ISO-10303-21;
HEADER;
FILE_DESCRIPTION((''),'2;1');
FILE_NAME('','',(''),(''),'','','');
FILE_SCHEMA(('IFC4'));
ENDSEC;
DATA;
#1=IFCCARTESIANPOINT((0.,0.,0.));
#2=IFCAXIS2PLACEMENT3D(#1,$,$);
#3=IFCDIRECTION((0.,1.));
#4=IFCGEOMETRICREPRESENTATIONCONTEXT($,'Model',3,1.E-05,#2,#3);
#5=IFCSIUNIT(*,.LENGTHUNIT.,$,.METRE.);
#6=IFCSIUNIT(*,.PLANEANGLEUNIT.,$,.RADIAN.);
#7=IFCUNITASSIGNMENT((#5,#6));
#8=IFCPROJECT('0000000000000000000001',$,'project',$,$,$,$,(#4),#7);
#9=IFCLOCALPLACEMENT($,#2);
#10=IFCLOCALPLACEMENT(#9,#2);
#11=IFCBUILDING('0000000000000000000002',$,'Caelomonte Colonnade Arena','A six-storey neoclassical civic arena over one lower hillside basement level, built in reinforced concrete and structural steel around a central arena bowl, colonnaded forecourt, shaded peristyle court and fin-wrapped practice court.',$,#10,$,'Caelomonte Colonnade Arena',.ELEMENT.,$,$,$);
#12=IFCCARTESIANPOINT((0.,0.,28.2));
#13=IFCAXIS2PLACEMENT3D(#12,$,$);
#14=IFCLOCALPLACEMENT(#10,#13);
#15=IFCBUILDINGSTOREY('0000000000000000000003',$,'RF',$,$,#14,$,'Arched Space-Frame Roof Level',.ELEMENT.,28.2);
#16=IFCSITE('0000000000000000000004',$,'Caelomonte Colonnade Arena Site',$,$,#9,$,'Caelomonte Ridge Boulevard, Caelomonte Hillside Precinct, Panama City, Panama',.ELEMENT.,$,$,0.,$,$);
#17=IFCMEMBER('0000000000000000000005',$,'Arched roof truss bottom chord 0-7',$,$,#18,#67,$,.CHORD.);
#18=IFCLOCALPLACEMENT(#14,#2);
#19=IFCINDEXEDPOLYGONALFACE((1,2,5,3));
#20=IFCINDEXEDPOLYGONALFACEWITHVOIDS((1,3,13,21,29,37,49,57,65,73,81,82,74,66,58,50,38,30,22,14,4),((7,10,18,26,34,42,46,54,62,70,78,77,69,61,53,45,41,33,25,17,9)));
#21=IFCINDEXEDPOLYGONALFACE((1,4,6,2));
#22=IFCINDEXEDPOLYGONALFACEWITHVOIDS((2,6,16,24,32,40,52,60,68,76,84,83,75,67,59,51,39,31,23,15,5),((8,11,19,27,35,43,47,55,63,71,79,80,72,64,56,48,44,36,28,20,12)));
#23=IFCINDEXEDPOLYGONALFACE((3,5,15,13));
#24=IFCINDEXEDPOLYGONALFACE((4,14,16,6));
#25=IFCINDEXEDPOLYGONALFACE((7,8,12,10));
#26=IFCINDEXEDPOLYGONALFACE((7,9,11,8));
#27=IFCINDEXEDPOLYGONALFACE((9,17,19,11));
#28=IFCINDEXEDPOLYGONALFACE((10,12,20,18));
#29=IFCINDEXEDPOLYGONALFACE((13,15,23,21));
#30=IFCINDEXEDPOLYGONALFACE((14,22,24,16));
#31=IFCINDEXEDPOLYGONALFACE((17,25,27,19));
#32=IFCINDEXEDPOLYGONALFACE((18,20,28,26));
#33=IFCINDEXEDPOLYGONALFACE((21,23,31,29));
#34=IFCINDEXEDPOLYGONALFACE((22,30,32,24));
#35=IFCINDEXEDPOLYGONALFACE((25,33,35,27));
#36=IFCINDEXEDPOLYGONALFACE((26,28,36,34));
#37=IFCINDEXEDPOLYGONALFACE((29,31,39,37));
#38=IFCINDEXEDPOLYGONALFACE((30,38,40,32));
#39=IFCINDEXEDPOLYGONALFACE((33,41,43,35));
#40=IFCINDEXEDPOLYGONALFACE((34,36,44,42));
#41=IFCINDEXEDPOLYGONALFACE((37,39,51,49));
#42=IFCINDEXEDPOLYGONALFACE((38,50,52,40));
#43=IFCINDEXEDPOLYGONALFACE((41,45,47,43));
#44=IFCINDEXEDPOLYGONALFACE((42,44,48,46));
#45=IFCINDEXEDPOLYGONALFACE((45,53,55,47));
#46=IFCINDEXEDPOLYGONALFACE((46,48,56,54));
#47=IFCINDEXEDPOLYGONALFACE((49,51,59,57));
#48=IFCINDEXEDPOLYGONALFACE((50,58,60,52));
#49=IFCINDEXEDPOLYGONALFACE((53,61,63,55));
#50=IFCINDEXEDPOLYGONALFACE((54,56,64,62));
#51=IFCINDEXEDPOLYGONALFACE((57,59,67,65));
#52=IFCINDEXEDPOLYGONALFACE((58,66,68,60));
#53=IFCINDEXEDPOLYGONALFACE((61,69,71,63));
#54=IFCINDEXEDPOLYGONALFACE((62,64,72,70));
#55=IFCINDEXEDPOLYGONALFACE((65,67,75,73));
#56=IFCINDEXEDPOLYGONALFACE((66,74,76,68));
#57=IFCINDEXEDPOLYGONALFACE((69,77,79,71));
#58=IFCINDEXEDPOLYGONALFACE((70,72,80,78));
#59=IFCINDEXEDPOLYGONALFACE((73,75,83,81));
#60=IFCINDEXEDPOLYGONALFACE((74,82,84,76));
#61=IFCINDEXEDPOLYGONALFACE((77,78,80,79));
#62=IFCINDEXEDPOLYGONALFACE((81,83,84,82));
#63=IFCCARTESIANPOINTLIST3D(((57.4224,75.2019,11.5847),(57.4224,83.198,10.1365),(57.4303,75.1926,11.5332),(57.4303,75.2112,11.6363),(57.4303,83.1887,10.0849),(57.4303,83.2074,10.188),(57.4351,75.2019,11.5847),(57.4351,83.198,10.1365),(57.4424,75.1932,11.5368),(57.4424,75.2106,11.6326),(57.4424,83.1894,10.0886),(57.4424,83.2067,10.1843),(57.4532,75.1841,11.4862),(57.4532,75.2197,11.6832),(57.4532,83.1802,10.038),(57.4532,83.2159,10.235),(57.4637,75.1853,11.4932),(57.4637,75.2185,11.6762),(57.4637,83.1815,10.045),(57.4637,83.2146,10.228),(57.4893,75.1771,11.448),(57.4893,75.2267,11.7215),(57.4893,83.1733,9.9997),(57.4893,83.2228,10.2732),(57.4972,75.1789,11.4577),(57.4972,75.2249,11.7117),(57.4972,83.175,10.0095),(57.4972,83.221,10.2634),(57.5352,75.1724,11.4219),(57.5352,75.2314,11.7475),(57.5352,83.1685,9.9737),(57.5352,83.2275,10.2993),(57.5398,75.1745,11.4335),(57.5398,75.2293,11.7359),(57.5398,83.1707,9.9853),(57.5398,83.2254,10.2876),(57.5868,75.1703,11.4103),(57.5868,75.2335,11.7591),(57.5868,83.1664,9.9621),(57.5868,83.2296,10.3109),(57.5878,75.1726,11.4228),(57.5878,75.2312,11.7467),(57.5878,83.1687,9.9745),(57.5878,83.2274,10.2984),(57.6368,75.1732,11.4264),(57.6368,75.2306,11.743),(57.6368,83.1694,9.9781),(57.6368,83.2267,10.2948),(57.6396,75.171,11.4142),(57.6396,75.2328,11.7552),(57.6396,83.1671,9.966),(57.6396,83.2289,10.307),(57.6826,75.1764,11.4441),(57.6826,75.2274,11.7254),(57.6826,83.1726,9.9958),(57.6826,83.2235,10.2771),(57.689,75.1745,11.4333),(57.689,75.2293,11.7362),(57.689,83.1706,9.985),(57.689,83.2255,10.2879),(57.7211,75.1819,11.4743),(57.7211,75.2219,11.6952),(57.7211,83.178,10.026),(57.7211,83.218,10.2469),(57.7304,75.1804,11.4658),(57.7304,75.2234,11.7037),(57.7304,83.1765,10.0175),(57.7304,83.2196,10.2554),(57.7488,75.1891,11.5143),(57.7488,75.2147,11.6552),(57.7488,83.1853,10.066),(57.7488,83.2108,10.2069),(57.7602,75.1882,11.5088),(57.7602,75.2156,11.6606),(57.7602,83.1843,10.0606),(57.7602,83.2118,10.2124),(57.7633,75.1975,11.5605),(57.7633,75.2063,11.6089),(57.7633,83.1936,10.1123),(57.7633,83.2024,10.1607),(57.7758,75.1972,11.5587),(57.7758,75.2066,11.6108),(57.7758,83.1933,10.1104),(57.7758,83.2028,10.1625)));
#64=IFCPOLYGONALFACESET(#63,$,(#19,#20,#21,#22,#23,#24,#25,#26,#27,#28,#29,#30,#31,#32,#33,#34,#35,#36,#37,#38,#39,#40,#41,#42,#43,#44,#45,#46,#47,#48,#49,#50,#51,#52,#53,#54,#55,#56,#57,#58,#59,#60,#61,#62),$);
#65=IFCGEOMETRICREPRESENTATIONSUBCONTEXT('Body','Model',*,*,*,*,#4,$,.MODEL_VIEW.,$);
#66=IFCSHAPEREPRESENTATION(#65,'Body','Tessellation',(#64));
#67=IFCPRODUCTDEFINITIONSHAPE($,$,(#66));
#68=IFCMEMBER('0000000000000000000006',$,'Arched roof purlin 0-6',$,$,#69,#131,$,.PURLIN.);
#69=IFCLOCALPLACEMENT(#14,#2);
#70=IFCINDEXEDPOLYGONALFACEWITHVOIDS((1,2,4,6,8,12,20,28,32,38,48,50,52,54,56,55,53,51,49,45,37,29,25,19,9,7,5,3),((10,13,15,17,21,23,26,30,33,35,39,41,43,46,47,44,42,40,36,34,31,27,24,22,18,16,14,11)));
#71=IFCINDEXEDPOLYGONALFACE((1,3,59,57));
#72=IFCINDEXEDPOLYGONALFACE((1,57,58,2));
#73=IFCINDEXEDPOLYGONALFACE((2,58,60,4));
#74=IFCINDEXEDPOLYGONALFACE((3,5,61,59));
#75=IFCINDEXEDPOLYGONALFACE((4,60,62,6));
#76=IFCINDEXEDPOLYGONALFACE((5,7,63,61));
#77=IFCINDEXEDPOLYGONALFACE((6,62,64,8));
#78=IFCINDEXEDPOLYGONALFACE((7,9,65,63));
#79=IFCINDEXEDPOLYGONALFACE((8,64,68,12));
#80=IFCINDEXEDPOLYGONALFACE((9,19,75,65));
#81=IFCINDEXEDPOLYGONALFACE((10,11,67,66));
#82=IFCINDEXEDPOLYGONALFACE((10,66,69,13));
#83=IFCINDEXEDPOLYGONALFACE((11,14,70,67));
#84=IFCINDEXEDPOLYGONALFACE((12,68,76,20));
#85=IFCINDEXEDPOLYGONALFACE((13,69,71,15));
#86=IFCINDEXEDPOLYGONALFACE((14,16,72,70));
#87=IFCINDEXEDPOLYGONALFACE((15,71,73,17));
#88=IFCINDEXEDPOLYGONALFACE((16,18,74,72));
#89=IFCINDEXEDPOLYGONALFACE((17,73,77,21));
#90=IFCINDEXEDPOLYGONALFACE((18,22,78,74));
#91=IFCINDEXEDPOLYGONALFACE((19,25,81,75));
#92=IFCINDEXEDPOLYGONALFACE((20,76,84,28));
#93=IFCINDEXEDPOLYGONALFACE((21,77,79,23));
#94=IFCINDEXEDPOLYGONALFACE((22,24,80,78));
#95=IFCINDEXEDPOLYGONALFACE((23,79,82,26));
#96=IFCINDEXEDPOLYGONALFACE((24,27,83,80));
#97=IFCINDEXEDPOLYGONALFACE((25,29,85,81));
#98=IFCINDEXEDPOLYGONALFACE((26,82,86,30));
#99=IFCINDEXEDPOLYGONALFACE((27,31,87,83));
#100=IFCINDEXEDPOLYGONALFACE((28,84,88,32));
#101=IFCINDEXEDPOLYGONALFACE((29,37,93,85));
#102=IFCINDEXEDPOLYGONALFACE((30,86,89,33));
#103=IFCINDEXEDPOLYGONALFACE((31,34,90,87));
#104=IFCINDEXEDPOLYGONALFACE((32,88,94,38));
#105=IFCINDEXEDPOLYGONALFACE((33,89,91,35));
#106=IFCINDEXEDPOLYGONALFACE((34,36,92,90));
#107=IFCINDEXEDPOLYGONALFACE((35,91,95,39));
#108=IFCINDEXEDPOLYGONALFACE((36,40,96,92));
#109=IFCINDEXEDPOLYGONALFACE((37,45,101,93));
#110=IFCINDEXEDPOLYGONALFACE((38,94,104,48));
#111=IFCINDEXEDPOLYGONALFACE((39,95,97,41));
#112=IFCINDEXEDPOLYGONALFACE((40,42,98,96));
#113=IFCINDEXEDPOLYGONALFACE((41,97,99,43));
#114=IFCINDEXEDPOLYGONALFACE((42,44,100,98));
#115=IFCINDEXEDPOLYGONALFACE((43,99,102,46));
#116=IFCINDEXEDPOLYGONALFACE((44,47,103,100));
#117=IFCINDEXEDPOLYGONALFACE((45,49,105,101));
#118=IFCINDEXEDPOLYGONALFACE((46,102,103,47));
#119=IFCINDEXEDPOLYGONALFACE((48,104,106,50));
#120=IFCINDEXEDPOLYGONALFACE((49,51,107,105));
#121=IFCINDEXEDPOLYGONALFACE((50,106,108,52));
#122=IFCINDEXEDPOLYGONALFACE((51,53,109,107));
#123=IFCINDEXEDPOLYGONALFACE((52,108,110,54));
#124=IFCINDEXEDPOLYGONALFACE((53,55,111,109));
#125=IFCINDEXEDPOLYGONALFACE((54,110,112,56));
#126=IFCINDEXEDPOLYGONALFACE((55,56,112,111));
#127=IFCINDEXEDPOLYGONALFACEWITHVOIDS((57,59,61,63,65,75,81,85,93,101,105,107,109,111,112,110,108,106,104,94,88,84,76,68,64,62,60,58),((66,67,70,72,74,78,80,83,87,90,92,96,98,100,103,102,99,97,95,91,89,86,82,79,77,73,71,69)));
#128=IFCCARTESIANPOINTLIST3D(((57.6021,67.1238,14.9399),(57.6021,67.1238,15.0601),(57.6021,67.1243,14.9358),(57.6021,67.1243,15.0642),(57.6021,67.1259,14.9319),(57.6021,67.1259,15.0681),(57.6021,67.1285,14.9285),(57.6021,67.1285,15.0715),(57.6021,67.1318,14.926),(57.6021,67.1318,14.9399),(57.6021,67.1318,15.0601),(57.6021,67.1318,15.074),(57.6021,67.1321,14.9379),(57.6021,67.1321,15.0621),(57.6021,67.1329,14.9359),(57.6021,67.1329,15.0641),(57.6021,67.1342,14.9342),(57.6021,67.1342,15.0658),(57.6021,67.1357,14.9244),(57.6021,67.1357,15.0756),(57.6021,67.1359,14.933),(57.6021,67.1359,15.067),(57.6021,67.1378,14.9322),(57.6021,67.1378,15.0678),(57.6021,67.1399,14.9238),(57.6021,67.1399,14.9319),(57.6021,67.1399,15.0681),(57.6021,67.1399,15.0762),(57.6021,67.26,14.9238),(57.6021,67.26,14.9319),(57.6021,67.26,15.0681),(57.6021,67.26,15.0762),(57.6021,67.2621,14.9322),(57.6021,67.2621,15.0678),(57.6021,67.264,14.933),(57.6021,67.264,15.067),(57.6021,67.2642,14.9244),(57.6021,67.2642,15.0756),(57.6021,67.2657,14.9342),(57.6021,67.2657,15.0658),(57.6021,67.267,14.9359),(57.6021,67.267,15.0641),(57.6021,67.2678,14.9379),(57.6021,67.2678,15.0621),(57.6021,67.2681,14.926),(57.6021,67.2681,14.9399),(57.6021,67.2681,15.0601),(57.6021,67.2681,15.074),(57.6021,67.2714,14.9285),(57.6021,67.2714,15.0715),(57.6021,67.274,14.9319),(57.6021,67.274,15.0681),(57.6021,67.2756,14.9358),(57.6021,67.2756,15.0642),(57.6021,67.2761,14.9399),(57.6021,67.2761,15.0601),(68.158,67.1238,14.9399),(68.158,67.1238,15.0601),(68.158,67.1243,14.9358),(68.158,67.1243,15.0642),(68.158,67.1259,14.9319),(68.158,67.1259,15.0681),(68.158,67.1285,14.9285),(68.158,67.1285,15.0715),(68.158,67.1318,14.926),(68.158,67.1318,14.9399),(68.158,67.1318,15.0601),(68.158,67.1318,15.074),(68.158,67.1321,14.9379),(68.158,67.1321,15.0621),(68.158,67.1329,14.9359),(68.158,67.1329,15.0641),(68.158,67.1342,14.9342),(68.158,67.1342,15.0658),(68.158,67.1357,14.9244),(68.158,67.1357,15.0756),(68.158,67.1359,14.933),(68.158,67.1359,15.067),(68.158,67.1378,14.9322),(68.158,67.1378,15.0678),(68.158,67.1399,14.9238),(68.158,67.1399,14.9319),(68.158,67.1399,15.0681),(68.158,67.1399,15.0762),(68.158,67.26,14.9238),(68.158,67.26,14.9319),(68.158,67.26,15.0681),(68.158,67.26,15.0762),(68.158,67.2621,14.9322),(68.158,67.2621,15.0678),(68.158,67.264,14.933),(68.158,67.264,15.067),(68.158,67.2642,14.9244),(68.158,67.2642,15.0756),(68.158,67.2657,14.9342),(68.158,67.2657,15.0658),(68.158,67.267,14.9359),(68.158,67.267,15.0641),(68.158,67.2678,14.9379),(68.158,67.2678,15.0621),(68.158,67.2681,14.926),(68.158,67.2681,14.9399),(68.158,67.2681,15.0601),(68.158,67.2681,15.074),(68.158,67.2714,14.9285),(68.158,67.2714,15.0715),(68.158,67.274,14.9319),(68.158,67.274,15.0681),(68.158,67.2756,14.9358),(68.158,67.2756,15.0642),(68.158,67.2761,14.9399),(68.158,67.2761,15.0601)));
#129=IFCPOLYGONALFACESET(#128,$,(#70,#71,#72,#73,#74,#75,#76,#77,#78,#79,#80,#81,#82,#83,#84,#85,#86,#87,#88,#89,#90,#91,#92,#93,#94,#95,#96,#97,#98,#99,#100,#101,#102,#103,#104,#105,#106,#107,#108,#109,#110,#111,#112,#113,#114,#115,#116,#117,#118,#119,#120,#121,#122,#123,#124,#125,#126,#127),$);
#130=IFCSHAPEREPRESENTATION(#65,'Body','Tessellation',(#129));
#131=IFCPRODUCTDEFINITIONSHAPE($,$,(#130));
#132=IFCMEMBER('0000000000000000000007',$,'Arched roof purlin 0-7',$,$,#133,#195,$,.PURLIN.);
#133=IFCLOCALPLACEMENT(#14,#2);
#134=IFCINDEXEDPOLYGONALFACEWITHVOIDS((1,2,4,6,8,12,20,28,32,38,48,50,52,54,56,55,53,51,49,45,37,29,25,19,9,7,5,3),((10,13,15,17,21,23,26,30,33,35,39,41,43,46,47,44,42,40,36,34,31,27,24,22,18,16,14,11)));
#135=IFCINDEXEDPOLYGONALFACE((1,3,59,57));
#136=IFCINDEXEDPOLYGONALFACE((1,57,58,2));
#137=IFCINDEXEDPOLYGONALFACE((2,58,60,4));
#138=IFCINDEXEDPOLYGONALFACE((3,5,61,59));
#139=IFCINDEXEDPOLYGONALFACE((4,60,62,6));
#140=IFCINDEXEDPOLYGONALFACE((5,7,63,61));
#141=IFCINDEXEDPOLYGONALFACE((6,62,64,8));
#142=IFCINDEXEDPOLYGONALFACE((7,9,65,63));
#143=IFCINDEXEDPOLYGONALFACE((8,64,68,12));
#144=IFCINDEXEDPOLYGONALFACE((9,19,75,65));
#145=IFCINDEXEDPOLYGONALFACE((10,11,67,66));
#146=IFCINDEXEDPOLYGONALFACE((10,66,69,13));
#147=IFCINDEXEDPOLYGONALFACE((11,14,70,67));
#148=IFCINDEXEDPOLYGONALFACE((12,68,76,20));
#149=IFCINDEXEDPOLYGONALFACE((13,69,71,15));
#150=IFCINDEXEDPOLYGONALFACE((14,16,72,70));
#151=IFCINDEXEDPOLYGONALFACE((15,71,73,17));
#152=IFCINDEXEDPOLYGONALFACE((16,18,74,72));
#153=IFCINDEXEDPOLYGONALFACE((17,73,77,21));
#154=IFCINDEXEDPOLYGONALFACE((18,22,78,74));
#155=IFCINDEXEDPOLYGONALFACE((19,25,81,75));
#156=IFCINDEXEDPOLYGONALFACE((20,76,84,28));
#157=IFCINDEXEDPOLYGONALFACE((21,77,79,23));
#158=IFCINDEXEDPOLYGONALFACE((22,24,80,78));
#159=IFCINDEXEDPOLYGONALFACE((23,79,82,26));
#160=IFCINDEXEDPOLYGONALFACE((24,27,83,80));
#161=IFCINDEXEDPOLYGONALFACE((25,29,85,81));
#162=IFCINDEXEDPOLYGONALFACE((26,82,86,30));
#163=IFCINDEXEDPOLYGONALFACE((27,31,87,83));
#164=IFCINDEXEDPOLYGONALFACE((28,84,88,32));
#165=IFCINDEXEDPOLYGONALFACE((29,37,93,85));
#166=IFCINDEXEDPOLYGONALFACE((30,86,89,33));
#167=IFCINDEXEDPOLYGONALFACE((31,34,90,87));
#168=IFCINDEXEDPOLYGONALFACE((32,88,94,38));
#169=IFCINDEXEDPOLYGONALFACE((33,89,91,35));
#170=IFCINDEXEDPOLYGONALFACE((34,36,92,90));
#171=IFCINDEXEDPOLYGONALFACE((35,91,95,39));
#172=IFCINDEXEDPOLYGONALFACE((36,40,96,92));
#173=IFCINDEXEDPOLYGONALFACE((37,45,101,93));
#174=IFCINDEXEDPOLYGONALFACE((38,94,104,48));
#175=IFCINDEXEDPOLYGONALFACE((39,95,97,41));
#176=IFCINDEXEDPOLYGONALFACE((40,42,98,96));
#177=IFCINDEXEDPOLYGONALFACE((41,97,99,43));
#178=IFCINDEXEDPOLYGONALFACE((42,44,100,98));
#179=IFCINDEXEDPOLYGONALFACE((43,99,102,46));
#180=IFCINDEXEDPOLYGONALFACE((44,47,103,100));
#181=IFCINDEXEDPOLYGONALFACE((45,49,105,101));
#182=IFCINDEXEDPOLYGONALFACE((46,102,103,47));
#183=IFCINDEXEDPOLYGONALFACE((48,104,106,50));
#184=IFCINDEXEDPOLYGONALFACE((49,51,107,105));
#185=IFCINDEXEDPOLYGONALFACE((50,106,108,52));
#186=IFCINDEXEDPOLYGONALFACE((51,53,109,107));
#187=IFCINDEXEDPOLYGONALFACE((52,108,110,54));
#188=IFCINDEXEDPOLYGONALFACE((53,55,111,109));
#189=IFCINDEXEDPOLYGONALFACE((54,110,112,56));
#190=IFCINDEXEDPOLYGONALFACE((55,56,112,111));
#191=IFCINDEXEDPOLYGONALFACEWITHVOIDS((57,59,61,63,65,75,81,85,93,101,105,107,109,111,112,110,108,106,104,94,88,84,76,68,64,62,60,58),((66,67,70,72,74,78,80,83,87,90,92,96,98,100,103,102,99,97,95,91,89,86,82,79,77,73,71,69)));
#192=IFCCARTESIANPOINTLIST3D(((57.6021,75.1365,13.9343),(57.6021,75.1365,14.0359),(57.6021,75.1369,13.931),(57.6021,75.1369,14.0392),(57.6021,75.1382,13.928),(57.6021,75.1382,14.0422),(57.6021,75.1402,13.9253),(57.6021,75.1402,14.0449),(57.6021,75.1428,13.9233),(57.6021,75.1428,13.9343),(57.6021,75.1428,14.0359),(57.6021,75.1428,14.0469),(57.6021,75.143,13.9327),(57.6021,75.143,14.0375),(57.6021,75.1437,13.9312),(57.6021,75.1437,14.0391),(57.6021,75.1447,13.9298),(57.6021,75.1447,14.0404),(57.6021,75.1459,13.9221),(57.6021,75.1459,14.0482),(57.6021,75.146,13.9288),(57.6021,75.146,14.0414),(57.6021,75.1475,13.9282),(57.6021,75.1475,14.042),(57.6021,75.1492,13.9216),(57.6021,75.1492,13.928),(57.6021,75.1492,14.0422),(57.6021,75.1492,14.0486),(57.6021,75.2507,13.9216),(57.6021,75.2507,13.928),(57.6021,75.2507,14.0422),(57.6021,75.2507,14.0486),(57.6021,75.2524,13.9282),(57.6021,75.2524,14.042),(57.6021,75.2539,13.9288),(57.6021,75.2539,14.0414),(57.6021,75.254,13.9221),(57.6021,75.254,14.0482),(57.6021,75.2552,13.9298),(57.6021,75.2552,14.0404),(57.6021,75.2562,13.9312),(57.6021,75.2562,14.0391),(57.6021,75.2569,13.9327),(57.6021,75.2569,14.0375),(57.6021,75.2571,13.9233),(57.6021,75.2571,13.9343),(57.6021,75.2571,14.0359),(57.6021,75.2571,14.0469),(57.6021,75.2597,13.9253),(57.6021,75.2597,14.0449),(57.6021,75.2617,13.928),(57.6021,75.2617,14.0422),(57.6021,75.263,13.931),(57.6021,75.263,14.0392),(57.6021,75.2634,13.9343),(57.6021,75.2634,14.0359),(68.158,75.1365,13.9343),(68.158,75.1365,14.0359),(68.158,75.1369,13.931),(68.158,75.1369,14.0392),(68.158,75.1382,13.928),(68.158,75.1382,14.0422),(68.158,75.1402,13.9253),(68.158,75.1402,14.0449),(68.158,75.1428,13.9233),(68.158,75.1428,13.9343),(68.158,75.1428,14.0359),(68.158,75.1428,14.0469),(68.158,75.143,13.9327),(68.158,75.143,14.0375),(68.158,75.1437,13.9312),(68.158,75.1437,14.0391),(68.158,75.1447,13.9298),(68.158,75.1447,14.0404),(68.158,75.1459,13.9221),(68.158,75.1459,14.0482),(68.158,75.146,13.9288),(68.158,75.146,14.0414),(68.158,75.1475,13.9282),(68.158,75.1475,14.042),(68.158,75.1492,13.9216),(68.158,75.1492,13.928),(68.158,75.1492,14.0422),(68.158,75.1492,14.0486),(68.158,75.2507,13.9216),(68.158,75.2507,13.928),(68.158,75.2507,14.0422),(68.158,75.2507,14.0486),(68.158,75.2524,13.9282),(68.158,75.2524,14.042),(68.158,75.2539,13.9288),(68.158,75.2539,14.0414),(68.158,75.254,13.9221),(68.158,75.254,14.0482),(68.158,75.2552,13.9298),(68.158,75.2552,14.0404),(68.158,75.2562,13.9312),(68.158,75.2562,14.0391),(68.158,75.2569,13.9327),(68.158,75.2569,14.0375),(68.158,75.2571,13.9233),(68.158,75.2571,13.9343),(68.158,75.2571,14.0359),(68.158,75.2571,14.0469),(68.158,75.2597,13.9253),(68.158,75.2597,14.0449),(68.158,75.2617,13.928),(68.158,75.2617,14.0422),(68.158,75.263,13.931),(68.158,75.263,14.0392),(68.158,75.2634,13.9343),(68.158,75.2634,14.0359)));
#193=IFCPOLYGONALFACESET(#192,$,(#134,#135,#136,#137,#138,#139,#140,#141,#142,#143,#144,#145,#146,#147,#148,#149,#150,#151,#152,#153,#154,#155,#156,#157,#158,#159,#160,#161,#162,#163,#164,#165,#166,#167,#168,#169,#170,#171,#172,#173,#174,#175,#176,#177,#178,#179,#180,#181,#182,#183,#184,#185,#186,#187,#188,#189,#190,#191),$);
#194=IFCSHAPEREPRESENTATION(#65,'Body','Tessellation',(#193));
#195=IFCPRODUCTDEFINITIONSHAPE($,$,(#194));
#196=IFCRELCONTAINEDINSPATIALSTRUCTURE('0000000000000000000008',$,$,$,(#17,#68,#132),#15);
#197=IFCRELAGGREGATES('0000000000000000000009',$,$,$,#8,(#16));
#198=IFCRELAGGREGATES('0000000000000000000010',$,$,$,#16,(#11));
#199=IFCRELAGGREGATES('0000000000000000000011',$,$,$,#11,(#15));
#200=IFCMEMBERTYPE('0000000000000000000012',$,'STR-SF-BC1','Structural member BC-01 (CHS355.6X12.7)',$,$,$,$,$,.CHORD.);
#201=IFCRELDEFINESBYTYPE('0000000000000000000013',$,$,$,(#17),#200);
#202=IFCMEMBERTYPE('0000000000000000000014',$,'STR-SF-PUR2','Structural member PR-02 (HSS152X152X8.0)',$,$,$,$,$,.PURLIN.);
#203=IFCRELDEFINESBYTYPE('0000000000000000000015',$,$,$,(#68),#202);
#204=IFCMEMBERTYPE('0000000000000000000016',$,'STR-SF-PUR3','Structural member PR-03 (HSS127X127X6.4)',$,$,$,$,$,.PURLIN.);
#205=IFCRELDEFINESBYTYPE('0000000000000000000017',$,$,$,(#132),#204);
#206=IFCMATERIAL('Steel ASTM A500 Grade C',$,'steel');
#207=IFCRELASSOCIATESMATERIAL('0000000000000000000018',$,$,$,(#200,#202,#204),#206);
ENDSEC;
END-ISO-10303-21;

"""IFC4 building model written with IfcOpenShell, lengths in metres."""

from ifc_helpers import new_model, si_unit, direction, frame, origin, origin_2d, place, context, subcontext, project, spatial, hollow_rectangle, hollow_circle, extrude, material, material_profile, profile_set, type_object, element, save


model = new_model("IFC4")

# Units and contexts
model_context = context("Model", 3, precision=1e-05, world=origin(), true_north=direction((0.0, 1.0)))
body_context = subcontext(model_context, "Body", "Model", "MODEL_VIEW")
ifc_project = project(units=[si_unit("LENGTHUNIT", "METRE"), si_unit("PLANEANGLEUNIT", "RADIAN")], contexts=[model_context])

# Site, building, storey
site_placement = place(None, origin())
site = spatial("IfcSite", under=ifc_project, at=site_placement, Name="Caelomonte Colonnade Arena Site", LongName="Caelomonte Ridge Boulevard, Caelomonte Hillside Precinct, Panama City, Panama", CompositionType="ELEMENT", RefElevation=0.0)
building_placement = place(site_placement, origin())
building = spatial("IfcBuilding", under=site, at=building_placement, Name="Caelomonte Colonnade Arena", Description="A six-storey neoclassical civic arena over one lower hillside basement level, built in reinforced concrete and structural steel around a central arena bowl, colonnaded forecourt, shaded peristyle court and fin-wrapped practice court.", LongName="Caelomonte Colonnade Arena", CompositionType="ELEMENT")
storey_placement = place(building_placement, frame((0.0, 0.0, 28.2)))
storey = spatial("IfcBuildingStorey", under=building, at=storey_placement, Name="RF", LongName="Arched Space-Frame Roof Level", CompositionType="ELEMENT", Elevation=28.2)

# Members
ifc_material_1 = material(Name="Steel ASTM A500 Grade C", Category="steel")
ifc_material_profile_1 = material_profile(ifc_material_1, hollow_circle(Radius=0.1777, WallThickness=0.0127, at=origin_2d()), Name="CHS355.6X12.7")
ifc_profile_set_1 = profile_set([ifc_material_profile_1], Name="Steel ASTM A500 Grade C")
member_type_1 = type_object("IfcMemberType", Name="STR-SF-BC1", Description="Structural member BC-01 (CHS355.6X12.7)", PredefinedType="CHORD", material=ifc_profile_set_1)
member_1_placement = place(storey_placement, frame((57.6001, 75.2019, 11.5847), z_axis=(0.0, 0.983991, -0.178219), x_axis=(-1.0, 0.0, 0.0)))
element("IfcMember", 1, at=member_1_placement, inside=storey, type_object=member_type_1, Name="Arched roof truss bottom chord 0-7", PredefinedType="CHORD", context=body_context, shape_type="SweptSolid", body=[
    extrude(hollow_circle(Radius=0.1777, WallThickness=0.0127, at=origin_2d()), origin(), (0.0, 0.0, 1.0), 8.1262),
])
ifc_material_profile_2 = material_profile(ifc_material_1, hollow_rectangle(XDim=0.1523, YDim=0.1523, WallThickness=0.0081, InnerFilletRadius=0.0081, OuterFilletRadius=0.0161, at=origin_2d()), Name="HSS152X152X8.0")
ifc_profile_set_2 = profile_set([ifc_material_profile_2], Name="Steel ASTM A500 Grade C")
member_type_2 = type_object("IfcMemberType", Name="STR-SF-PUR2", Description="Structural member PR-02 (HSS152X152X8.0)", PredefinedType="PURLIN", material=ifc_profile_set_2)
member_2_placement = place(storey_placement, frame((57.6021, 67.2, 15.0), z_axis=(1.0, 0.0, 0.0), x_axis=(0.0, 1.0, 0.0)))
element("IfcMember", 2, at=member_2_placement, inside=storey, type_object=member_type_2, Name="Arched roof purlin 0-6", PredefinedType="PURLIN", context=body_context, shape_type="SweptSolid", body=[
    extrude(hollow_rectangle(XDim=0.1523, YDim=0.1523, WallThickness=0.0081, InnerFilletRadius=0.0081, OuterFilletRadius=0.0161, at=origin_2d()), origin(), (0.0, 0.0, 1.0), 10.5559),
])
ifc_material_profile_3 = material_profile(ifc_material_1, hollow_rectangle(XDim=0.127, YDim=0.127, WallThickness=0.0063, InnerFilletRadius=0.0063, OuterFilletRadius=0.0127, at=origin_2d()), Name="HSS127X127X6.4")
ifc_profile_set_3 = profile_set([ifc_material_profile_3], Name="Steel ASTM A500 Grade C")
member_type_3 = type_object("IfcMemberType", Name="STR-SF-PUR3", Description="Structural member PR-03 (HSS127X127X6.4)", PredefinedType="PURLIN", material=ifc_profile_set_3)
member_3_placement = place(storey_placement, frame((57.6021, 75.2, 13.9851), z_axis=(1.0, 0.0, 0.0), x_axis=(0.0, 1.0, 0.0)))
element("IfcMember", 3, at=member_3_placement, inside=storey, type_object=member_type_3, Name="Arched roof purlin 0-7", PredefinedType="PURLIN", context=body_context, shape_type="SweptSolid", body=[
    extrude(hollow_rectangle(XDim=0.127, YDim=0.127, WallThickness=0.0063, InnerFilletRadius=0.0063, OuterFilletRadius=0.0127, at=origin_2d()), origin(), (0.0, 0.0, 1.0), 10.5559),
])

save(model, "model.ifc")
